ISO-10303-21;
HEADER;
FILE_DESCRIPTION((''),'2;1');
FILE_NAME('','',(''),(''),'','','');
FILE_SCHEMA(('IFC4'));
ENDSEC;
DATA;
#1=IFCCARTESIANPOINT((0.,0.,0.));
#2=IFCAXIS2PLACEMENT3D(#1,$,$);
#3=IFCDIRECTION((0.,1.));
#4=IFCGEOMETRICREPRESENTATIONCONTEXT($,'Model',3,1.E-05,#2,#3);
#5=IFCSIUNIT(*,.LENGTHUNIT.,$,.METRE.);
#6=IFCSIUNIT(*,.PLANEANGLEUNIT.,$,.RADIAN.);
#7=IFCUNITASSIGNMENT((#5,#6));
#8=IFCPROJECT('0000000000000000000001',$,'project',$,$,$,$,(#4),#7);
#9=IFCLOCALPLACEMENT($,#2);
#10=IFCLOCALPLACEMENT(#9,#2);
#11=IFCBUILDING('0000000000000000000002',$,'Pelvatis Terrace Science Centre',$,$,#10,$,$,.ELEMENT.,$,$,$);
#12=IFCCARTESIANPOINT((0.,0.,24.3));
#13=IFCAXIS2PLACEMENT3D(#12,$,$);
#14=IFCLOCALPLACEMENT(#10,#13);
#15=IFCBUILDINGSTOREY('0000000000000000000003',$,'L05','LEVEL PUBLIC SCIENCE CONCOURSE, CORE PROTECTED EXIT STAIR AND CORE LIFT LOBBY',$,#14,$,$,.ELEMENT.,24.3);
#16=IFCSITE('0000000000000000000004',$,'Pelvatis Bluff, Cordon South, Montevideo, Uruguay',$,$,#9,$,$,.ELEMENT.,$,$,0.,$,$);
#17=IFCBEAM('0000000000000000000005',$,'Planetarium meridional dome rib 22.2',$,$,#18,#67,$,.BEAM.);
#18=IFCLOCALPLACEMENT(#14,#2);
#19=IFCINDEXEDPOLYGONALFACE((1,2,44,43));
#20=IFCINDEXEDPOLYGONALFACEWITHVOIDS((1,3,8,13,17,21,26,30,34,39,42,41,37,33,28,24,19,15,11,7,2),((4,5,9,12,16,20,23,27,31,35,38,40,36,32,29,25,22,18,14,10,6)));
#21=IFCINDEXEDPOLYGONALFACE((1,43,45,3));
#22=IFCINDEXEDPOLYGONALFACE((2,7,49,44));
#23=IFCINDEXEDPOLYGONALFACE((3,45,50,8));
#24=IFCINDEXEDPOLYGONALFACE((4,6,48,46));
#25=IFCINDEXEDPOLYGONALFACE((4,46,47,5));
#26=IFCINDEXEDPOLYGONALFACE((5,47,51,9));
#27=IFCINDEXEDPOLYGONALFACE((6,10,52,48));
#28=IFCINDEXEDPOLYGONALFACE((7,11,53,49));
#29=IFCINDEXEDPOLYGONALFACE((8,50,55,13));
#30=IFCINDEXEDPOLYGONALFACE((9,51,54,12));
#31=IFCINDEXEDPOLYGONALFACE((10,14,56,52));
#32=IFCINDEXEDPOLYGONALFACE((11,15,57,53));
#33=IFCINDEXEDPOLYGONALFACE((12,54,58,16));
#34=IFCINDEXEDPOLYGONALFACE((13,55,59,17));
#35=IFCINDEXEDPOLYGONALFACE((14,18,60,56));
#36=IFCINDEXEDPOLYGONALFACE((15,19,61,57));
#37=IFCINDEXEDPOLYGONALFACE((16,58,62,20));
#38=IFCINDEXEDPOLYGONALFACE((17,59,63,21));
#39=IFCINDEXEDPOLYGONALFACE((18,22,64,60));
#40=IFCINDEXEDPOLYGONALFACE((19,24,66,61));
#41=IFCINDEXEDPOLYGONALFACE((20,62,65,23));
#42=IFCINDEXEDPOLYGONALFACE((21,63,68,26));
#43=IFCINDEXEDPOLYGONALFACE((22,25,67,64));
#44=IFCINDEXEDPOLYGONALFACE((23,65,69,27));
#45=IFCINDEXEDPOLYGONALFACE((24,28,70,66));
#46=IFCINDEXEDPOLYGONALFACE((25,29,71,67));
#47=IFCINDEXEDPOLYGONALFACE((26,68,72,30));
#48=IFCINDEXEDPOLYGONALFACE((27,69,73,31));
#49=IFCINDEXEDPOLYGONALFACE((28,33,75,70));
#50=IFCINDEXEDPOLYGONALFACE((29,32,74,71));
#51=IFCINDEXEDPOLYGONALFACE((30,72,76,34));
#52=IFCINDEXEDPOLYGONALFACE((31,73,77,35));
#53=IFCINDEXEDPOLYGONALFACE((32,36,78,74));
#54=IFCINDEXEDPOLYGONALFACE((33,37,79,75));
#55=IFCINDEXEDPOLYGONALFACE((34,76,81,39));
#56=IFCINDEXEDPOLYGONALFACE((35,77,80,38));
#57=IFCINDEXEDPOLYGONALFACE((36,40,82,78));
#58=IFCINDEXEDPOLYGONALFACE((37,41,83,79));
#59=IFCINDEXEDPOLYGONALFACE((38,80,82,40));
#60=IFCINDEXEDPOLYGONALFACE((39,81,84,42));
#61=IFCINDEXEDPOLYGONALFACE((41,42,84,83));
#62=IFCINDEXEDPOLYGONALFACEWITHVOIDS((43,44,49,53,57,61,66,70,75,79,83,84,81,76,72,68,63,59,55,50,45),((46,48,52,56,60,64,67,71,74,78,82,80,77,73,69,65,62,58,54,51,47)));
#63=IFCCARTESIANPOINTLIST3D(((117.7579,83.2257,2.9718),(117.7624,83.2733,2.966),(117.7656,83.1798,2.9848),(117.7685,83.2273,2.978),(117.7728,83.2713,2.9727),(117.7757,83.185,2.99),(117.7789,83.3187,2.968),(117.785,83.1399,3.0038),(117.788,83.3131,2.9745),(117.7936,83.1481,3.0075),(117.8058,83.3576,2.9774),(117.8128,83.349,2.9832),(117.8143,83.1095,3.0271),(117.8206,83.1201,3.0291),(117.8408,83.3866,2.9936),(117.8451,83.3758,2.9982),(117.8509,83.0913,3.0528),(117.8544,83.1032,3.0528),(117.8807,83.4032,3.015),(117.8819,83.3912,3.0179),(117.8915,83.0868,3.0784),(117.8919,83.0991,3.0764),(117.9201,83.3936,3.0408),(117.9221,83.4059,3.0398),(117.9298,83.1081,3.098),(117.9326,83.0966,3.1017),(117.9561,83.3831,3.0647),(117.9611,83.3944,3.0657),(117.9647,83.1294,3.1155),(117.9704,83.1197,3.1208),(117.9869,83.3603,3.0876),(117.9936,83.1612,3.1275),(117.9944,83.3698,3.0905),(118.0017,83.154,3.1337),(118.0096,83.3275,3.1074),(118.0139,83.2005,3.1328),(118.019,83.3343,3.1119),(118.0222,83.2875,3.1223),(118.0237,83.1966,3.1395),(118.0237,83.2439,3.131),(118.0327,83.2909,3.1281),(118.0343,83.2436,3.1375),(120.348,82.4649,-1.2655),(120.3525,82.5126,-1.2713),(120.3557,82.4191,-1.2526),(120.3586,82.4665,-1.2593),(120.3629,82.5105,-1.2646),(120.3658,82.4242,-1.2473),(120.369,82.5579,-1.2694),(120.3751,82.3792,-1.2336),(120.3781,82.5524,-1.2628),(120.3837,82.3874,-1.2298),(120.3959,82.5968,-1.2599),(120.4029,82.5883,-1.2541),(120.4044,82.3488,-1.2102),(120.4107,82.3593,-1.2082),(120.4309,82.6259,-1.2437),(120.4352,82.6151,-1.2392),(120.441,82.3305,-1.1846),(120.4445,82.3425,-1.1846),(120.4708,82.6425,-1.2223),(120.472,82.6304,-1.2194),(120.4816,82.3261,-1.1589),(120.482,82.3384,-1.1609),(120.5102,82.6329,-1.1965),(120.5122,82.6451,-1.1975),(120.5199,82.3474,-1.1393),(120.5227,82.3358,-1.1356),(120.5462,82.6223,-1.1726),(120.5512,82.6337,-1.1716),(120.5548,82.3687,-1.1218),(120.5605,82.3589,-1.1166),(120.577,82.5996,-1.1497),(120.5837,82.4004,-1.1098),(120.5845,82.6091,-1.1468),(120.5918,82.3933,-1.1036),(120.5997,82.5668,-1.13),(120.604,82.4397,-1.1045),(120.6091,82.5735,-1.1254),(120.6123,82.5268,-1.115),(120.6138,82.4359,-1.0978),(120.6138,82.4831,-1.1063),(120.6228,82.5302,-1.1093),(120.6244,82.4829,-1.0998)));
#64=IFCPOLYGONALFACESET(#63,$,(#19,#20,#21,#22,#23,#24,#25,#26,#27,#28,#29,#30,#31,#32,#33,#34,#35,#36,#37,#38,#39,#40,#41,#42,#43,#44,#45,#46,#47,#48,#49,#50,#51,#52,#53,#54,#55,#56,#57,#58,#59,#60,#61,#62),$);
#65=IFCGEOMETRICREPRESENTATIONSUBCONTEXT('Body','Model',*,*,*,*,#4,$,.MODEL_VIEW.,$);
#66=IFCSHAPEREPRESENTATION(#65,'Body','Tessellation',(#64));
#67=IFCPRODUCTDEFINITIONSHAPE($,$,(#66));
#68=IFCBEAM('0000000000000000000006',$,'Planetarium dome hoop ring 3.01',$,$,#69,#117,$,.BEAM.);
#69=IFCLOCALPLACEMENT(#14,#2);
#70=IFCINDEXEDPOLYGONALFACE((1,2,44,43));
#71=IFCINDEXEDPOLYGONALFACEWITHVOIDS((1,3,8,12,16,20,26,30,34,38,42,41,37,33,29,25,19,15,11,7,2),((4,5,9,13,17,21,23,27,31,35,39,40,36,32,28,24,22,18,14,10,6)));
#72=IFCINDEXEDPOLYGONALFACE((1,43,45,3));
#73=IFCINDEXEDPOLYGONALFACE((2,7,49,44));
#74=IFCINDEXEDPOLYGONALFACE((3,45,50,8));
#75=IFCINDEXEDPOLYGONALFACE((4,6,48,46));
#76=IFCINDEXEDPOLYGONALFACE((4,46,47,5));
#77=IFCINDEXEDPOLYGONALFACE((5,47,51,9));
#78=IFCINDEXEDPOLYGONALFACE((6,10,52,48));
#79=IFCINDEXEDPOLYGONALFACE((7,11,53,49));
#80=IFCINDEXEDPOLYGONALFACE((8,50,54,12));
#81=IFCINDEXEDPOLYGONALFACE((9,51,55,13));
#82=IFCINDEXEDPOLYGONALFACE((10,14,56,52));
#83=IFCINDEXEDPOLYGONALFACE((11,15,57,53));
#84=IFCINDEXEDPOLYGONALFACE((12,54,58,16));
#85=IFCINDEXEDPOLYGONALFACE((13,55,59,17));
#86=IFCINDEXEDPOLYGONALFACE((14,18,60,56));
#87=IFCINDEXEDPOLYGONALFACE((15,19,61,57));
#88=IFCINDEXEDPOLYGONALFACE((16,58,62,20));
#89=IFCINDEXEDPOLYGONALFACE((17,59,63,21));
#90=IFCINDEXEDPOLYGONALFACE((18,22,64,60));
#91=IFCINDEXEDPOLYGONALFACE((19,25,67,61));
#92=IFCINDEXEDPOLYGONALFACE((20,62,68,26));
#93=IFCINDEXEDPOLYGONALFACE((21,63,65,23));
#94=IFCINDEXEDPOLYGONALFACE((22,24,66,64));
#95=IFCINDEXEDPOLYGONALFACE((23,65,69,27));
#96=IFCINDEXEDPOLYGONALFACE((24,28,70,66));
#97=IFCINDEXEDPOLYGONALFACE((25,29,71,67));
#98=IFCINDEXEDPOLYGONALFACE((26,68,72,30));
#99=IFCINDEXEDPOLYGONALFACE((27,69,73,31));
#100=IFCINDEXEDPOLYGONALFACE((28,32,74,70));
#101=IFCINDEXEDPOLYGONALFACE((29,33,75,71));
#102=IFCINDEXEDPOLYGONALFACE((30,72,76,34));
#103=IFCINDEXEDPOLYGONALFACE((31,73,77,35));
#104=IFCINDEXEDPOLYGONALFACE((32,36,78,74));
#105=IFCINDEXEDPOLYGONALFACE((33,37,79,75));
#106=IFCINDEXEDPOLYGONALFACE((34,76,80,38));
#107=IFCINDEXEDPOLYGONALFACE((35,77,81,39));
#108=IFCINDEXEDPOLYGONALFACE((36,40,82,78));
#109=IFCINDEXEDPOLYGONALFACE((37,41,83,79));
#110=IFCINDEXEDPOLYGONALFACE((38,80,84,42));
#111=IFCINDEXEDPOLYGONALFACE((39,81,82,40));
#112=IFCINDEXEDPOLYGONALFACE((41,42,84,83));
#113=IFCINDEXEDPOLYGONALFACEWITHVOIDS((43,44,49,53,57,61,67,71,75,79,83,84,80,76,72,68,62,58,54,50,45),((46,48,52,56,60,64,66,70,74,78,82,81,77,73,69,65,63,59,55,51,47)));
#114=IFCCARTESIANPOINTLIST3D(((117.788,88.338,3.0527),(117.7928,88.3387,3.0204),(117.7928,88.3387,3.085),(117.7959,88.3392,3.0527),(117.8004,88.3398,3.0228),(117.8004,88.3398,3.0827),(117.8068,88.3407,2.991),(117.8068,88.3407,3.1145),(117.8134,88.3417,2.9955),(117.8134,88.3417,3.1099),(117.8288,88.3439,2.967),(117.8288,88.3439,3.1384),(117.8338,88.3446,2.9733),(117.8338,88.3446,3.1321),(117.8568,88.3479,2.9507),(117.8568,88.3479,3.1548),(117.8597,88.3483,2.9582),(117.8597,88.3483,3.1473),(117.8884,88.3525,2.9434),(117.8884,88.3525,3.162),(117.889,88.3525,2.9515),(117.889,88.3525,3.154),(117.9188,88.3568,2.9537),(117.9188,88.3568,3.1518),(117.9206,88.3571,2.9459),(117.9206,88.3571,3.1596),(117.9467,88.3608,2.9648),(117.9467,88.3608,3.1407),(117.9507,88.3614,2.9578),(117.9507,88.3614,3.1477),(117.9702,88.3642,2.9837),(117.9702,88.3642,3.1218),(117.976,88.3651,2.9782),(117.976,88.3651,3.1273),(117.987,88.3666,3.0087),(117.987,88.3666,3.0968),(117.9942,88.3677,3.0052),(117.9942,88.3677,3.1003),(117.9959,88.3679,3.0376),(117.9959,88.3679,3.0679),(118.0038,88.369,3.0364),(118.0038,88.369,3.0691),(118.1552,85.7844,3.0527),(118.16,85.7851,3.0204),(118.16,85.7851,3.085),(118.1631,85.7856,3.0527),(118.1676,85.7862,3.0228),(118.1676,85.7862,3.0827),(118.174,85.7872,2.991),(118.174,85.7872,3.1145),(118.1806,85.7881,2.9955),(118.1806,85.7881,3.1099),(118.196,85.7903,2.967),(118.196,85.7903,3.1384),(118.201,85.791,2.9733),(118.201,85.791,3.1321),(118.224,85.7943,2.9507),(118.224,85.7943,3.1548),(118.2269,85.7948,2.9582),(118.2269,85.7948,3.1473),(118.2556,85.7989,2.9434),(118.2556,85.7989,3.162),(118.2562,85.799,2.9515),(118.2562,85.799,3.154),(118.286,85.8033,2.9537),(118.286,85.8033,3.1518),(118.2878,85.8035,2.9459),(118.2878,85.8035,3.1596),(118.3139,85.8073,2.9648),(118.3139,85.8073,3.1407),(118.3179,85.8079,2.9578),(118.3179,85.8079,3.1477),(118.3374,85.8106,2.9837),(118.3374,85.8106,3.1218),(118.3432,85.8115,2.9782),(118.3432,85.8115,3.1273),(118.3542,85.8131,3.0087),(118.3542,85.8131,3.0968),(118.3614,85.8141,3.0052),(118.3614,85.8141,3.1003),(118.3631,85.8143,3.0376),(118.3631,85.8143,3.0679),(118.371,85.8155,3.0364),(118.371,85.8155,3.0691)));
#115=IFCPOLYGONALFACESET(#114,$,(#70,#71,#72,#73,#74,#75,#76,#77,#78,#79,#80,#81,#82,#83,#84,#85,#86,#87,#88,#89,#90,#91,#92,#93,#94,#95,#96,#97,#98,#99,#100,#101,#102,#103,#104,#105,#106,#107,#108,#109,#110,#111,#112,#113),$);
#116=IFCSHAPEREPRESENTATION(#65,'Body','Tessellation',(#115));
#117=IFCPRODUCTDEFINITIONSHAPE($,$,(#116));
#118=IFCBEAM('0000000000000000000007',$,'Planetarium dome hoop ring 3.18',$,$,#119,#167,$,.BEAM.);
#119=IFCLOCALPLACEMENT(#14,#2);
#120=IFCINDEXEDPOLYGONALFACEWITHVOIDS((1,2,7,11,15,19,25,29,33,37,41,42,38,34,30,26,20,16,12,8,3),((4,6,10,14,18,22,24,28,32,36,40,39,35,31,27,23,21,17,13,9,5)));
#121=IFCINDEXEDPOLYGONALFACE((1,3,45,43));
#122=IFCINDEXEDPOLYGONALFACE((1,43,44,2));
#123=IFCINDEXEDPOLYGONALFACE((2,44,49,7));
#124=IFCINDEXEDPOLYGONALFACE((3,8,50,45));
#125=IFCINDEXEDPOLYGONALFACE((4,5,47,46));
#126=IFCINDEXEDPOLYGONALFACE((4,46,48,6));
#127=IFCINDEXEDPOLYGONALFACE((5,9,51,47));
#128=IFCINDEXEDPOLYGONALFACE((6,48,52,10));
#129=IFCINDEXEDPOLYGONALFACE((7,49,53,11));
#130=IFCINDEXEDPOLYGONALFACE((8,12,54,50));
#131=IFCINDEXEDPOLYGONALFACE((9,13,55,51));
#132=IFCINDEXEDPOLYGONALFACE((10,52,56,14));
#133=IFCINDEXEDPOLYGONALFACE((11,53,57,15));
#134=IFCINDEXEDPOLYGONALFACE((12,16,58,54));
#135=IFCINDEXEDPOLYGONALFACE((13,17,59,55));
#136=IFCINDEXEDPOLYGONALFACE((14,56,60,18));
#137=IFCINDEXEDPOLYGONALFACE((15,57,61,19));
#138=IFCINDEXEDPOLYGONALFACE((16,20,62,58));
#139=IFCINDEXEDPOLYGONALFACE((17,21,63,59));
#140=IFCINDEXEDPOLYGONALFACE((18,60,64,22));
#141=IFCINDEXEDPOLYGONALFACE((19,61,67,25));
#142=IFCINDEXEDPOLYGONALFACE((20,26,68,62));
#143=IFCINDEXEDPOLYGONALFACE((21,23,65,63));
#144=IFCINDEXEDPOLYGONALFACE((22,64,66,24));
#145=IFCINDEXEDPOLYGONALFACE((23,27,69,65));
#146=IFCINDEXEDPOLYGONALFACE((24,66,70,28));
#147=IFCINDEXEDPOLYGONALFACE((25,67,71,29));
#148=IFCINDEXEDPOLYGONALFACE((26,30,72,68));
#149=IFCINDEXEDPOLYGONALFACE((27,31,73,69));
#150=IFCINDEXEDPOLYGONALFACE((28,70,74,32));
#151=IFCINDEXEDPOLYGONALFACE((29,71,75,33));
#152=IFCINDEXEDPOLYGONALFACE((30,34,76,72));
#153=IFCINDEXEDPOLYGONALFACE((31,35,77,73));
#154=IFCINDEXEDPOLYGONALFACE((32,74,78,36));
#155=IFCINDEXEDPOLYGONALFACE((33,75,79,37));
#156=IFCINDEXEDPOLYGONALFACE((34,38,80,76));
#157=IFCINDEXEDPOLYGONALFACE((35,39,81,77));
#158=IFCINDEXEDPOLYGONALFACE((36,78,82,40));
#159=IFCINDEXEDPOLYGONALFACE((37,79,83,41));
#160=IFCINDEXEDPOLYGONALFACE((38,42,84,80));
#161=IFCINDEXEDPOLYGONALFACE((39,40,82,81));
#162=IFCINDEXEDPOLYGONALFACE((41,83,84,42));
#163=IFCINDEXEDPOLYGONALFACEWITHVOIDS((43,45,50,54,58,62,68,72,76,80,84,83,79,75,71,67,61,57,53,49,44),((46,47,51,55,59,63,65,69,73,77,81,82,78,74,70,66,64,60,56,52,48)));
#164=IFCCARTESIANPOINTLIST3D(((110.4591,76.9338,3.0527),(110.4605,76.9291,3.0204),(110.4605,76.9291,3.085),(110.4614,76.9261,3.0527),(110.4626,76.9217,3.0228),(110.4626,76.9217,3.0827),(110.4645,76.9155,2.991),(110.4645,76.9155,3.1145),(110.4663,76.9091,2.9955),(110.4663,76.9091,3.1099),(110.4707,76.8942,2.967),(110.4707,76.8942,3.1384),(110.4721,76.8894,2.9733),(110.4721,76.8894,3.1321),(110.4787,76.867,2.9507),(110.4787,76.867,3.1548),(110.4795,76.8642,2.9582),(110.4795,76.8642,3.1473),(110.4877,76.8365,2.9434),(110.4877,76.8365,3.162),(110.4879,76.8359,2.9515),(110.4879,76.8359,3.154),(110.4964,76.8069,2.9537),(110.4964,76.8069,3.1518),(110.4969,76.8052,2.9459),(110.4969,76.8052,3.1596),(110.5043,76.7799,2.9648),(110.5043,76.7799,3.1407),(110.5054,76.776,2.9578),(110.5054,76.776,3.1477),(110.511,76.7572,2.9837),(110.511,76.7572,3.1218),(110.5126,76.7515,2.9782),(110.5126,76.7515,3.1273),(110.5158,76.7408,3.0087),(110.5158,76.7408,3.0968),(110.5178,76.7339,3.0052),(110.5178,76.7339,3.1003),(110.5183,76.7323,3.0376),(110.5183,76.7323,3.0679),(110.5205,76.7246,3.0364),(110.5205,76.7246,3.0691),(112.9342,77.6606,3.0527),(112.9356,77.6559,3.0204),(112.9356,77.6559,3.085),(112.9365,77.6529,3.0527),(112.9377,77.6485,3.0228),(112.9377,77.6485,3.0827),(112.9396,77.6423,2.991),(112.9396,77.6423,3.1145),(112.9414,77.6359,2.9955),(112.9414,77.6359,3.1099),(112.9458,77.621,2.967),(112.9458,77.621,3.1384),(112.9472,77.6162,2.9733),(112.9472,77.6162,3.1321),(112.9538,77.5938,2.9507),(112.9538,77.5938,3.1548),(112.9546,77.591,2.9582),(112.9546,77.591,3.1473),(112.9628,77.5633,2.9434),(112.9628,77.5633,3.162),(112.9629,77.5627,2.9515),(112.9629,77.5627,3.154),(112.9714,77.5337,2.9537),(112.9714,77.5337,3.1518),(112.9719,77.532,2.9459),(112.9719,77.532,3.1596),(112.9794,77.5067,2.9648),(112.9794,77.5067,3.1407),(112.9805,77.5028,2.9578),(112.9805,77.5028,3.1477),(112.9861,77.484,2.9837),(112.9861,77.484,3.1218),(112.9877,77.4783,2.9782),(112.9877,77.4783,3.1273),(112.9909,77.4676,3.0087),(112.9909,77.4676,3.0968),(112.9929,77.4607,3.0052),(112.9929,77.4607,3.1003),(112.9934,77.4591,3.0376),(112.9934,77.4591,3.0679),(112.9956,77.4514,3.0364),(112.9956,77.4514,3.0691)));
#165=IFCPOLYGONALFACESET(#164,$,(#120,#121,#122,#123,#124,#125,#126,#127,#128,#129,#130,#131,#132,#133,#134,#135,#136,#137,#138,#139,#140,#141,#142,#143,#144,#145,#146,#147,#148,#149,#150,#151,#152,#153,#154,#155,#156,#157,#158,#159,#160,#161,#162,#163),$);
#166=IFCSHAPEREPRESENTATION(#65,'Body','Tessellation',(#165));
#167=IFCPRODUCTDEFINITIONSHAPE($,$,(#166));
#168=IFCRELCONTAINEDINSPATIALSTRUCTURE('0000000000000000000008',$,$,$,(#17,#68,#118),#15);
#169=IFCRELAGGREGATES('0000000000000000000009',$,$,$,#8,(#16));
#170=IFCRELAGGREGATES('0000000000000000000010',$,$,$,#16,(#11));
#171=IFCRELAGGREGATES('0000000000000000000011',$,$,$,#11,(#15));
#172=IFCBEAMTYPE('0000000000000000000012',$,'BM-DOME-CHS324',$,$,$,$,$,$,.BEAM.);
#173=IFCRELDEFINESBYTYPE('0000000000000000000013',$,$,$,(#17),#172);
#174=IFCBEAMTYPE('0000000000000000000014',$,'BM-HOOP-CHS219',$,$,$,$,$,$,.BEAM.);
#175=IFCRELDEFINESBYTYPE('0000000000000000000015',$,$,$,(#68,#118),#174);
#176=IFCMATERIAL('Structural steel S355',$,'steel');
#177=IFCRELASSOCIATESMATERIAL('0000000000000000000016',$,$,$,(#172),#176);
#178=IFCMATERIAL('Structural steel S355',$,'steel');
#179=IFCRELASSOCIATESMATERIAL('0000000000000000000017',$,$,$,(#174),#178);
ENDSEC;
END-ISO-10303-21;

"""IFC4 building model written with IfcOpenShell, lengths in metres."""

from ifc_helpers import new_model, si_unit, direction, frame, origin, origin_2d, place, context, subcontext, project, spatial, hollow_circle, extrude, material, material_profile, profile_set, type_object, element, save


model = new_model("IFC4")

# Units and contexts
model_context = context("Model", 3, precision=1e-05, world=origin(), true_north=direction((0.0, 1.0)))
body_context = subcontext(model_context, "Body", "Model", "MODEL_VIEW")
ifc_project = project(units=[si_unit("LENGTHUNIT", "METRE"), si_unit("PLANEANGLEUNIT", "RADIAN")], contexts=[model_context])

# Site, building, storey
site_placement = place(None, origin())
site = spatial("IfcSite", under=ifc_project, at=site_placement, Name="Pelvatis Bluff, Cordon South, Montevideo, Uruguay", CompositionType="ELEMENT", RefElevation=0.0)
building_placement = place(site_placement, origin())
building = spatial("IfcBuilding", under=site, at=building_placement, Name="Pelvatis Terrace Science Centre", CompositionType="ELEMENT")
storey_placement = place(building_placement, frame((0.0, 0.0, 24.3)))
storey = spatial("IfcBuildingStorey", under=building, at=storey_placement, Name="L05", Description="LEVEL PUBLIC SCIENCE CONCOURSE, CORE PROTECTED EXIT STAIR AND CORE LIFT LOBBY", CompositionType="ELEMENT", Elevation=24.3)

# Beams
ifc_material_1 = material(Name="Structural steel S355", Category="steel")
ifc_material_profile_1 = material_profile(ifc_material_1, hollow_circle(Radius=0.1619, WallThickness=0.0125, at=origin_2d()), Name="CHS 323.9x12.5")
ifc_profile_set_1 = profile_set([ifc_material_profile_1], Name="Structural steel S355")
beam_type_1 = type_object("IfcBeamType", Name="BM-DOME-CHS324", PredefinedType="BEAM", material=ifc_profile_set_1)
for number, where, z_axis, x_axis, name in (
    (1, (120.4866, 82.4858, -1.1846), (-0.515528, 0.151417, 0.843388), (-0.281809, -0.959471, 0.0), "Planetarium meridional dome rib 22.2"),
):
    element("IfcBeam", number, at=place(storey_placement, frame(where, z_axis=z_axis, x_axis=x_axis)), inside=storey, type_object=beam_type_1, Name=name, PredefinedType="BEAM", context=body_context, shape_type="SweptSolid", body=[
        extrude(hollow_circle(Radius=0.1619, WallThickness=0.0125, at=origin_2d()), origin(), (0.0, 0.0, 1.0), 5.0242),
    ])
ifc_material_2 = material(Name="Structural steel S355", Category="steel")
ifc_material_profile_2 = material_profile(ifc_material_2, hollow_circle(Radius=0.1096, WallThickness=0.0081, at=origin_2d()), Name="CHS 219.1x8.0")
ifc_profile_set_2 = profile_set([ifc_material_profile_2], Name="Structural steel S355")
beam_type_2 = type_object("IfcBeamType", Name="BM-HOOP-CHS219", PredefinedType="BEAM", material=ifc_profile_set_2)
beam_1_placement = place(storey_placement, frame((118.2637, 85.8, 3.0527), z_axis=(-0.142335, 0.989818, 0.0), x_axis=(-0.989818, -0.142335, 0.0)))
element("IfcBeam", 2, at=beam_1_placement, inside=storey, type_object=beam_type_2, Name="Planetarium dome hoop ring 3.01", PredefinedType="BEAM", context=body_context, shape_type="SweptSolid", body=[
    extrude(hollow_circle(Radius=0.1096, WallThickness=0.0081, at=origin_2d()), origin(), (0.0, 0.0, 1.0), 2.5798),
])
beam_2_placement = place(storey_placement, frame((110.49, 76.8286, 3.0527), z_axis=(0.959487, 0.281751, 0.0), x_axis=(-0.281751, 0.959487, 0.0)))
element("IfcBeam", 3, at=beam_2_placement, inside=storey, type_object=beam_type_2, Name="Planetarium dome hoop ring 3.18", PredefinedType="BEAM", context=body_context, shape_type="SweptSolid", body=[
    extrude(hollow_circle(Radius=0.1096, WallThickness=0.0081, at=origin_2d()), origin(), (0.0, 0.0, 1.0), 2.5796),
])

save(model, "model.ifc")
